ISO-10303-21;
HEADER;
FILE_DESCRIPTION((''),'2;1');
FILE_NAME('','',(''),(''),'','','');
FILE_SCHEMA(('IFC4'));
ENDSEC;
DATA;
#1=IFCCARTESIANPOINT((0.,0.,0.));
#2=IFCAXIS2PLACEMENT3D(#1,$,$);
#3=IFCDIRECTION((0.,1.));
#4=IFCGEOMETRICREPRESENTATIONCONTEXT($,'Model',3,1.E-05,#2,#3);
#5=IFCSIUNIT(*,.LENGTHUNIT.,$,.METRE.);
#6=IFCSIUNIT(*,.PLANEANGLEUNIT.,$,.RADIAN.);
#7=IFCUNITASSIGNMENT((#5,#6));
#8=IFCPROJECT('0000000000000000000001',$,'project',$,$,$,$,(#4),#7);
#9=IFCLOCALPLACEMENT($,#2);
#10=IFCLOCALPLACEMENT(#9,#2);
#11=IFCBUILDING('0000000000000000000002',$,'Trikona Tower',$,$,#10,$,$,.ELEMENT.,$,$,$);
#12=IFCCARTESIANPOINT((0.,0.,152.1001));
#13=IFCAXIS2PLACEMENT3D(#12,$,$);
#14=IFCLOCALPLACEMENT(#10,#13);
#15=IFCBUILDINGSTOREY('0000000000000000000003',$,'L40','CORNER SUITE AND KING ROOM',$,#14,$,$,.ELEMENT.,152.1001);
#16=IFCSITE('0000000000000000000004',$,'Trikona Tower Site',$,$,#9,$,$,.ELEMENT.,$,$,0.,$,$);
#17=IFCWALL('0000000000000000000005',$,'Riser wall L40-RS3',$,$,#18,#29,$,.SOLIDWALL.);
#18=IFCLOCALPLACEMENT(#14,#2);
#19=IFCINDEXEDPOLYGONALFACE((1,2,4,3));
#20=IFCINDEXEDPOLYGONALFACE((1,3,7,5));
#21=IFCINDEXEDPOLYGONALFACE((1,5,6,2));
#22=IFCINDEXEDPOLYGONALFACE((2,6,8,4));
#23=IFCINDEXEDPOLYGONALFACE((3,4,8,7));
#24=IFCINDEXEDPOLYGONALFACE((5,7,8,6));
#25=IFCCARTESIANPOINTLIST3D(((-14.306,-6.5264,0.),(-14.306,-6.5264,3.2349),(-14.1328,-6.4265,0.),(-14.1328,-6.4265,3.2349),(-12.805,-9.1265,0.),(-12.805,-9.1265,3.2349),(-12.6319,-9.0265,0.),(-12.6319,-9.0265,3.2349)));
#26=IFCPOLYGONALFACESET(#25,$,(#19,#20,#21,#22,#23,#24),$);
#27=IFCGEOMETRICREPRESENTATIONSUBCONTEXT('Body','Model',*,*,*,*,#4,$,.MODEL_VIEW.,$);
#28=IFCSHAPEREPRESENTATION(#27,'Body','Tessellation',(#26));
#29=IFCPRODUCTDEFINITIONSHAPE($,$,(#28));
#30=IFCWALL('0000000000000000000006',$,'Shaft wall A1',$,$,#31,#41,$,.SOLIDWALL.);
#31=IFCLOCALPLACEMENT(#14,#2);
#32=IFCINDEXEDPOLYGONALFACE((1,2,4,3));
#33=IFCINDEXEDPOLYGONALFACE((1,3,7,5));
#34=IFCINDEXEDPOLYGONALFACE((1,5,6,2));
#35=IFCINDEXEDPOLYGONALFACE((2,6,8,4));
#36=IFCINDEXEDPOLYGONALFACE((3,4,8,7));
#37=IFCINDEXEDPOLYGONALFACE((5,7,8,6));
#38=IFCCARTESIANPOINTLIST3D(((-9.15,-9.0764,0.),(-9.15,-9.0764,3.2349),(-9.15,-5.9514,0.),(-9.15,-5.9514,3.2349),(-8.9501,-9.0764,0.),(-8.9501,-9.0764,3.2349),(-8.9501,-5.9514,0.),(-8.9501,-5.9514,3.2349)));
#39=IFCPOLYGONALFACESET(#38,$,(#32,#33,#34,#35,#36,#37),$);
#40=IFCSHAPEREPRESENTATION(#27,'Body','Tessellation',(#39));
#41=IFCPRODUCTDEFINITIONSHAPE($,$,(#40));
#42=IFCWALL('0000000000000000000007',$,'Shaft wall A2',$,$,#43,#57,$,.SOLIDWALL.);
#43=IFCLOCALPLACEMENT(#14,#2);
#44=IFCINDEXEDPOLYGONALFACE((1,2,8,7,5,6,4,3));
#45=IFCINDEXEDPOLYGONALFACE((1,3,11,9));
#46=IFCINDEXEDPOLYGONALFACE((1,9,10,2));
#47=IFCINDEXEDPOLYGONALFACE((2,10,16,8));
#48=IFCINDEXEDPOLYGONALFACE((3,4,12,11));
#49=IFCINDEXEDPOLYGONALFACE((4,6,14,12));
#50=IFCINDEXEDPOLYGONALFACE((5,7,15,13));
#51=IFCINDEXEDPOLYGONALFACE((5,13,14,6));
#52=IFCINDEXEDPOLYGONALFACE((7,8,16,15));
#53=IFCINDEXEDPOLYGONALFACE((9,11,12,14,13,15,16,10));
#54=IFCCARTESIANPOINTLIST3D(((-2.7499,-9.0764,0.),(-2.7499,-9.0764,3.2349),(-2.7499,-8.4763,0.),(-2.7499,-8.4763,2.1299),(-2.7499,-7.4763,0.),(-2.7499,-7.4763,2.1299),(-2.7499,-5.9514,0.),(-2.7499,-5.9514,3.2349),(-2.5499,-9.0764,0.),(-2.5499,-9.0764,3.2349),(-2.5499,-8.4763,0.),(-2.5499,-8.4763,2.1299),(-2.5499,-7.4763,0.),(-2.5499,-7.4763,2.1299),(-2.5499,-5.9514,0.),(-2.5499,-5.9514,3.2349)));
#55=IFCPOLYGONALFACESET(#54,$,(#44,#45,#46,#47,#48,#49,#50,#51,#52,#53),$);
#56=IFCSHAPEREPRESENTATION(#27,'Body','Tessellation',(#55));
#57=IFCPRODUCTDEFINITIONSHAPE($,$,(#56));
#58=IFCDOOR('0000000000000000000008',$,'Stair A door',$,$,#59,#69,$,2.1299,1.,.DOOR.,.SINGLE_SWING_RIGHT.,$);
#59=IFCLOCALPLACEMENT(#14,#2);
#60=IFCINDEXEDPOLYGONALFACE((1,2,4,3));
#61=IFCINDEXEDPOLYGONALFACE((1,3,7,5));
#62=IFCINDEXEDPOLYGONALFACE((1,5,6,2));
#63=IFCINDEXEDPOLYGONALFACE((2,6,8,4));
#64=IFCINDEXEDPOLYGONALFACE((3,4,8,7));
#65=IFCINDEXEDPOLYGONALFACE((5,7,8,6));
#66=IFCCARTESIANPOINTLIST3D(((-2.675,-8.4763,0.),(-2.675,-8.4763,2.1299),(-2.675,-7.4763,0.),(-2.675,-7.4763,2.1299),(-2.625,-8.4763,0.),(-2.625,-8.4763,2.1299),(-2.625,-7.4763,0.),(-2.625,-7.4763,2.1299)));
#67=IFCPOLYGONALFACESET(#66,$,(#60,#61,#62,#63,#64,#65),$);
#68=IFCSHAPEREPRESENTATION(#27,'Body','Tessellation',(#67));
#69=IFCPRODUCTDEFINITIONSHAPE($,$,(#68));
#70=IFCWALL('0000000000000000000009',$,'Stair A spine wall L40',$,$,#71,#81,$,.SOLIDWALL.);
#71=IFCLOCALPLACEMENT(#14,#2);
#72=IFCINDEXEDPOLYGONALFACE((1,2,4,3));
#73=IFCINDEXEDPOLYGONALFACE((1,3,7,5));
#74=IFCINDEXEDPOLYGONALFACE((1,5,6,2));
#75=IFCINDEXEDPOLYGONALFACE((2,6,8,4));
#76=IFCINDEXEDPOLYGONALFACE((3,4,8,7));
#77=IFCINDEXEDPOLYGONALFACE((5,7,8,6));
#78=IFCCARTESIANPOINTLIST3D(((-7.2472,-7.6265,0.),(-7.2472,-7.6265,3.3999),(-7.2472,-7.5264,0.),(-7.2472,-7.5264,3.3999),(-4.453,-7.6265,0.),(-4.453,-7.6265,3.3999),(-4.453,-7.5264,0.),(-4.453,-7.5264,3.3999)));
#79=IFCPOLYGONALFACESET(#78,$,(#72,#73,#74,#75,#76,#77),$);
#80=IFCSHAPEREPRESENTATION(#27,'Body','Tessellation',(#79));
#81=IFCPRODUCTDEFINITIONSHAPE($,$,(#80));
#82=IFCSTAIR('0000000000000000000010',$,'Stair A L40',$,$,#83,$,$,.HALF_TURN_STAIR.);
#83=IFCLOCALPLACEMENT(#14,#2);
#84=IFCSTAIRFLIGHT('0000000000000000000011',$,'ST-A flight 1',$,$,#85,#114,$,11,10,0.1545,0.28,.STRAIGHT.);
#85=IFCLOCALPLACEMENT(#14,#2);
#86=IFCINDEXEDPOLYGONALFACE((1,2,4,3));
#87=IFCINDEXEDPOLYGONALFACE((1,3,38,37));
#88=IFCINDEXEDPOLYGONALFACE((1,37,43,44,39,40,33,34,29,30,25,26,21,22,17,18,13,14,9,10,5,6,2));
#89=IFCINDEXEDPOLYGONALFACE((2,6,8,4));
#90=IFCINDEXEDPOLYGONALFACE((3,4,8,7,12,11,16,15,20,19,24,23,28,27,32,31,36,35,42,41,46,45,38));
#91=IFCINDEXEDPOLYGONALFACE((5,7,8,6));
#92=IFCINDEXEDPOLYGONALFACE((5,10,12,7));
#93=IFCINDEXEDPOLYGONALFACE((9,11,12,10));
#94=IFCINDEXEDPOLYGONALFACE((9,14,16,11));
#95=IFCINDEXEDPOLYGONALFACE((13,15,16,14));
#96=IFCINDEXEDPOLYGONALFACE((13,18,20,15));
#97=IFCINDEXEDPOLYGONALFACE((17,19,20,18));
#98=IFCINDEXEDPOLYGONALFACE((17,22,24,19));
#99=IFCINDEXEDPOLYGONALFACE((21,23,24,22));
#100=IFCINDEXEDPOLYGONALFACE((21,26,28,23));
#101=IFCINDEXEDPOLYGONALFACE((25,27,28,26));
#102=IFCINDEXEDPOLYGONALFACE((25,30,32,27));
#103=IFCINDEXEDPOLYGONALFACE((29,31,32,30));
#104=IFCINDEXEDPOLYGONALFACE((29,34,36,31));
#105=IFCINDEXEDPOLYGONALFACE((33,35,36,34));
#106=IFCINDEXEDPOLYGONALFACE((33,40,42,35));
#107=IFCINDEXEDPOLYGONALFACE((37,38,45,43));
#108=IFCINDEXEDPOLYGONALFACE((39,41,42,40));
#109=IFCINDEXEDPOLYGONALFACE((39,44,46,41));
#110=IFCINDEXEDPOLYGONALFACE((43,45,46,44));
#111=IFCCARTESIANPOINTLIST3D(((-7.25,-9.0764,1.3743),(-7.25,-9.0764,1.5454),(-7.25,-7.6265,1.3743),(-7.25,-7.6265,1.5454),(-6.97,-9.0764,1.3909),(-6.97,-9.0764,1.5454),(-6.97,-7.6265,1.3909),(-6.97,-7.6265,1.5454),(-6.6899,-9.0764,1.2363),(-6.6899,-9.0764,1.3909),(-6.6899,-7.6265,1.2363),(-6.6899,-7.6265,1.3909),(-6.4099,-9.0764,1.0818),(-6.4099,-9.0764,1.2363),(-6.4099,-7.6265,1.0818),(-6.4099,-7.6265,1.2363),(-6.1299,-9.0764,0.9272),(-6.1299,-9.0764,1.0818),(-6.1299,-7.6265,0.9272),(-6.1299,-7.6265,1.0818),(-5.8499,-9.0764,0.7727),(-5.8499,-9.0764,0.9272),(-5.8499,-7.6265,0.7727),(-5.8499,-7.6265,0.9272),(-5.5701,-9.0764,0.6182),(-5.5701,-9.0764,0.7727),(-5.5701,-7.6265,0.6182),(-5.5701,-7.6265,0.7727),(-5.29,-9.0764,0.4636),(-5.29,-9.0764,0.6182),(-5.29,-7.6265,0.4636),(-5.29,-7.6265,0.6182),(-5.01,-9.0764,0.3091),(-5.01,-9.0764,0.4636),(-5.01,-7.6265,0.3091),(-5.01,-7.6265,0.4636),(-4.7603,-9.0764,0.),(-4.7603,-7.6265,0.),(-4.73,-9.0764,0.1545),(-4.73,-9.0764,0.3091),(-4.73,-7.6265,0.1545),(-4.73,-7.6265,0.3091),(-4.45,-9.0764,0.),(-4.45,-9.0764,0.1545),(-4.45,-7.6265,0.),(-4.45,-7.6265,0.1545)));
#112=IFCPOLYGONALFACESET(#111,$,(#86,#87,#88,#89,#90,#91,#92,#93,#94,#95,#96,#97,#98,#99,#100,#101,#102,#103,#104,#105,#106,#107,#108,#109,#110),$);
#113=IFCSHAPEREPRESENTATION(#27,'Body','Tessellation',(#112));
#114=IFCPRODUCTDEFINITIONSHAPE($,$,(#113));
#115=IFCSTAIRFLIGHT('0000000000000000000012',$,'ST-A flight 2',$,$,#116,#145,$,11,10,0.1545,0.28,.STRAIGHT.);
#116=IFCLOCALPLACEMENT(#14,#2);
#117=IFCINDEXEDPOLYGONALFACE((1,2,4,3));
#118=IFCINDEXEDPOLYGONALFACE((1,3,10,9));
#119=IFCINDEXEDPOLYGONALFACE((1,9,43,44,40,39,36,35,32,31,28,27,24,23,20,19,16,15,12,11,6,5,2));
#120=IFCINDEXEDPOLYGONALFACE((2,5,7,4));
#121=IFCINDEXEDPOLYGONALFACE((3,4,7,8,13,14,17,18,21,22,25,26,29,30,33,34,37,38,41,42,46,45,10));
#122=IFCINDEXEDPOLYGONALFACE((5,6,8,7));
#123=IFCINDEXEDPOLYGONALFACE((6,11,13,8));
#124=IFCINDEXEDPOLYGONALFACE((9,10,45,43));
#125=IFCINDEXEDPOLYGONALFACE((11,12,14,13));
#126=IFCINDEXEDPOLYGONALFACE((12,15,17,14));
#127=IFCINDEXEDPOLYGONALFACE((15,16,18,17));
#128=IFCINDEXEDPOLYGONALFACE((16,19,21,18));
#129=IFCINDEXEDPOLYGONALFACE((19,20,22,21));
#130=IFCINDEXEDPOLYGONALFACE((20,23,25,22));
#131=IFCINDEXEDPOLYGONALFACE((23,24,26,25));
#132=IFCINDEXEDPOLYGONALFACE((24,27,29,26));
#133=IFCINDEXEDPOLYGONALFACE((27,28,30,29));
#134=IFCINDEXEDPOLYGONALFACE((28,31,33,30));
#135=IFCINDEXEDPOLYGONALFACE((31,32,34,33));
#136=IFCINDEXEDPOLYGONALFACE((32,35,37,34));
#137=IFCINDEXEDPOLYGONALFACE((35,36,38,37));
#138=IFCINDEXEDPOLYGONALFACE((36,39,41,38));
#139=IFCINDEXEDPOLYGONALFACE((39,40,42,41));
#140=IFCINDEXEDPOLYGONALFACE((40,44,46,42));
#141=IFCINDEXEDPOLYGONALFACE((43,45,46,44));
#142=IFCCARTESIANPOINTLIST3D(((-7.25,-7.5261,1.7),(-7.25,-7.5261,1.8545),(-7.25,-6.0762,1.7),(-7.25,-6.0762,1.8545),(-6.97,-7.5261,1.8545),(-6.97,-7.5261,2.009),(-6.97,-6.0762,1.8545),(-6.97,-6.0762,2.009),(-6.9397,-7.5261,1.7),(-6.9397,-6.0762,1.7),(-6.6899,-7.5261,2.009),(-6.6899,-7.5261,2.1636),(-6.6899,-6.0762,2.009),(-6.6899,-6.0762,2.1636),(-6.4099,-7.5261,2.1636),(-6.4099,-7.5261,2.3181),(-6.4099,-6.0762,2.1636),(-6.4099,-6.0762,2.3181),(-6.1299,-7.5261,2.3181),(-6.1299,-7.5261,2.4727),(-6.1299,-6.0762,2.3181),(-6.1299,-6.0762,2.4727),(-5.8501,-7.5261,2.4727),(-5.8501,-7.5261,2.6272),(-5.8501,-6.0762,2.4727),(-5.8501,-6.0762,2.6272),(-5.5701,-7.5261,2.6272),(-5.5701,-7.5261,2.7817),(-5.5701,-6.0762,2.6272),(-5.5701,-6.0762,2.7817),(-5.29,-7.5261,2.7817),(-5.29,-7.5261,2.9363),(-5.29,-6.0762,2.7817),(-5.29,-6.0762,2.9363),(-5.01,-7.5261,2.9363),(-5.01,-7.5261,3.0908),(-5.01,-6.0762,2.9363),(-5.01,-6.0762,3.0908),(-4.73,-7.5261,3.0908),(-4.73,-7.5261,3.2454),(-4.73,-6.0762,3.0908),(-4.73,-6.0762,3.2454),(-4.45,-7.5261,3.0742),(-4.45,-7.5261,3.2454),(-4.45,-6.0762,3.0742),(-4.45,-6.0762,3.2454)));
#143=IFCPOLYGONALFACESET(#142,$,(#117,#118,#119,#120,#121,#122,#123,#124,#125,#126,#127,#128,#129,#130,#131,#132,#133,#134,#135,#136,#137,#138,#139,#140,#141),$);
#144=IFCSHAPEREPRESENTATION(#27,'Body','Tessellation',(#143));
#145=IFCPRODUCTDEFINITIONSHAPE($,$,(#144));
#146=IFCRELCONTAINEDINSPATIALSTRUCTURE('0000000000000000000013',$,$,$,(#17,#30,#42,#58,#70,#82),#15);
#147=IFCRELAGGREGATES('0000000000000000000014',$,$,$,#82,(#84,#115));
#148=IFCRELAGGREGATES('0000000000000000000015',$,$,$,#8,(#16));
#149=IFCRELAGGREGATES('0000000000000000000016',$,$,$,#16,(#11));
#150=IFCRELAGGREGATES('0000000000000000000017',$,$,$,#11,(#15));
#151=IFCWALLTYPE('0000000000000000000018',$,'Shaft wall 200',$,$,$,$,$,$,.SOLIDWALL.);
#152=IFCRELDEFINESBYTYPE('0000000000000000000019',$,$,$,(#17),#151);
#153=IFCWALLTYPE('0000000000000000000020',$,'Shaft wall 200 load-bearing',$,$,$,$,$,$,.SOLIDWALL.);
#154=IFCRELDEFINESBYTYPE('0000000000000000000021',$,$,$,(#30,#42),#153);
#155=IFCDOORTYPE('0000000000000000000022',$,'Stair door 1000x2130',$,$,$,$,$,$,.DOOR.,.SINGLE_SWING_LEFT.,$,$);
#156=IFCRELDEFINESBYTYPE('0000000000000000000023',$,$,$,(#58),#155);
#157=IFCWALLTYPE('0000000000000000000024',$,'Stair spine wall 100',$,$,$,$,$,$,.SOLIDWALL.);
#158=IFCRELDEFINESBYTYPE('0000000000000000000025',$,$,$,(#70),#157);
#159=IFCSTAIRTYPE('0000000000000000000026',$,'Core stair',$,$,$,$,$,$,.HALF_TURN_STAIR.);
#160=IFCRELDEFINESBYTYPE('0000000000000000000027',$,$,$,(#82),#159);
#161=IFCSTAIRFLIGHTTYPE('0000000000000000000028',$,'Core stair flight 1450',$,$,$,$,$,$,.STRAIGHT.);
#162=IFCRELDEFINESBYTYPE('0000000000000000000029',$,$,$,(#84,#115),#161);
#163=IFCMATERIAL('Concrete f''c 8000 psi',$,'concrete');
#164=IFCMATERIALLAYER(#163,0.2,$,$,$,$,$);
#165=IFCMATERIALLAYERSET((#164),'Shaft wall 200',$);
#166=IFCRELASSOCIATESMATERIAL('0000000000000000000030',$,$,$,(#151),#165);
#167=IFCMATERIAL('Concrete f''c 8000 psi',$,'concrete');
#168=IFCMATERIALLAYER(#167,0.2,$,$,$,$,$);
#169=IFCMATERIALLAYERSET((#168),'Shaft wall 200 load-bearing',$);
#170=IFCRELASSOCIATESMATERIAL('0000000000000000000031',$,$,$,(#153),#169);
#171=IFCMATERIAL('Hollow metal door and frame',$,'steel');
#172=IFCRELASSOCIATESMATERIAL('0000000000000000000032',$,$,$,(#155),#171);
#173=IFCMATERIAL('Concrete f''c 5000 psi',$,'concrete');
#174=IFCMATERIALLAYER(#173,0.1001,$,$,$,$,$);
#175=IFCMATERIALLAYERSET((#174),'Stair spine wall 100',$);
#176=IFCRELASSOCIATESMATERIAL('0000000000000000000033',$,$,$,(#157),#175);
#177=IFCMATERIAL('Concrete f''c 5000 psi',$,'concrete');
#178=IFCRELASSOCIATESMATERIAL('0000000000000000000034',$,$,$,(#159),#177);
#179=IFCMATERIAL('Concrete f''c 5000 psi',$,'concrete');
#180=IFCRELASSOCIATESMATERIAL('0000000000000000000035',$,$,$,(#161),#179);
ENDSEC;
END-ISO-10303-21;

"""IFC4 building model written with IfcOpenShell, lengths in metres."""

from ifc_helpers import new_model, si_unit, direction, frame, frame_2d, origin, place, context, subcontext, project, spatial, polyline, rectangle, outline, extrude, material, layer, layer_set, type_object, element, fill, aggregate, save


model = new_model("IFC4")

# Units and contexts
model_context = context("Model", 3, precision=1e-05, world=origin(), true_north=direction((0.0, 1.0)))
body_context = subcontext(model_context, "Body", "Model", "MODEL_VIEW")
ifc_project = project(units=[si_unit("LENGTHUNIT", "METRE"), si_unit("PLANEANGLEUNIT", "RADIAN")], contexts=[model_context])

# Site, building, storey
site_placement = place(None, origin())
site = spatial("IfcSite", under=ifc_project, at=site_placement, Name="Trikona Tower Site", CompositionType="ELEMENT", RefElevation=0.0)
building_placement = place(site_placement, origin())
building = spatial("IfcBuilding", under=site, at=building_placement, Name="Trikona Tower", CompositionType="ELEMENT")
storey_placement = place(building_placement, frame((0.0, 0.0, 152.1001)))
storey = spatial("IfcBuildingStorey", under=building, at=storey_placement, Name="L40", Description="CORNER SUITE AND KING ROOM", CompositionType="ELEMENT", Elevation=152.1001)

# Walls
ifc_material_1 = material(Name="Concrete f'c 8000 psi", Category="concrete")
ifc_layer_1 = layer(ifc_material_1, 0.2)
ifc_layer_set_1 = layer_set([ifc_layer_1], Name="Shaft wall 200")
wall_type_1 = type_object("IfcWallType", Name="Shaft wall 200", PredefinedType="SOLIDWALL", material=ifc_layer_set_1)
wall_1_placement = place(storey_placement, frame((-12.7185, -9.0764, 0.0), z_axis=(0.0, 0.0, 1.0), x_axis=(-0.499952, 0.866053, 0.0)))
element("IfcWall", 1, at=wall_1_placement, inside=storey, type_object=wall_type_1, Name="Riser wall L40-RS3", PredefinedType="SOLIDWALL", context=body_context, shape_type="SweptSolid", body=[
    extrude(rectangle(XDim=3.0022, YDim=0.2, at=frame_2d((1.501, 0.0))), origin(), (0.0, 0.0, 1.0), 3.2349),
])
ifc_material_2 = material(Name="Concrete f'c 8000 psi", Category="concrete")
ifc_layer_2 = layer(ifc_material_2, 0.2)
ifc_layer_set_2 = layer_set([ifc_layer_2], Name="Shaft wall 200 load-bearing")
wall_type_2 = type_object("IfcWallType", Name="Shaft wall 200 load-bearing", PredefinedType="SOLIDWALL", material=ifc_layer_set_2)
wall_2_placement = place(storey_placement, frame((-9.05, -5.9514, 0.0), z_axis=(0.0, 0.0, 1.0), x_axis=(0.0, -1.0, 0.0)))
element("IfcWall", 2, at=wall_2_placement, inside=storey, type_object=wall_type_2, Name="Shaft wall A1", PredefinedType="SOLIDWALL", context=body_context, shape_type="SweptSolid", body=[
    extrude(rectangle(XDim=3.125, YDim=0.2, at=frame_2d((1.5625, 0.0))), origin(), (0.0, 0.0, 1.0), 3.2349),
])

# Wall, opening, door
wall_3_placement = place(storey_placement, frame((-2.6499, -5.9514, 0.0), z_axis=(0.0, 0.0, 1.0), x_axis=(0.0, -1.0, 0.0)))
wall_3 = element("IfcWall", 3, at=wall_3_placement, inside=storey, type_object=wall_type_2, Name="Shaft wall A2", PredefinedType="SOLIDWALL", context=body_context, shape_type="SweptSolid", body=[
    extrude(rectangle(XDim=3.125, YDim=0.2, at=frame_2d((1.5625, 0.0))), origin(), (0.0, 0.0, 1.0), 3.2349),
])
opening_1_placement = place(wall_3_placement, frame((1.5249, 0.0, 0.0)))
opening_1 = element("IfcOpeningElement", 4, at=opening_1_placement, cuts=wall_3, PredefinedType="OPENING", context=body_context, shape_type="SweptSolid", body=[
    extrude(rectangle(XDim=1.0, YDim=2.1299, at=frame_2d((0.5, 1.0649))), frame((0.0, 0.1099, 0.0), z_axis=(0.0, -1.0, 0.0), x_axis=(1.0, 0.0, 0.0)), (0.0, 0.0, 1.0), 0.22),
])
ifc_material_3 = material(Name="Hollow metal door and frame", Category="steel")
door_type_1 = type_object("IfcDoorType", Name="Stair door 1000x2130", OperationType="SINGLE_SWING_LEFT", PredefinedType="DOOR", material=ifc_material_3)
door_1_placement = place(opening_1_placement, origin())
door_1 = element("IfcDoor", 5, at=door_1_placement, inside=storey, type_object=door_type_1, Name="Stair A door", OperationType="SINGLE_SWING_RIGHT", OverallHeight=2.1299, OverallWidth=1.0, PredefinedType="DOOR", context=body_context, shape_type="SweptSolid", body=[
    extrude(rectangle(XDim=1.0, YDim=2.1299, at=frame_2d((0.5, 1.0649))), frame((0.0, 0.0249, 0.0), z_axis=(0.0, -1.0, 0.0), x_axis=(1.0, 0.0, 0.0)), (0.0, 0.0, 1.0), 0.05),
])
fill(opening_1, door_1)

# Wall
ifc_material_4 = material(Name="Concrete f'c 5000 psi", Category="concrete")
ifc_layer_3 = layer(ifc_material_4, 0.1001)
ifc_layer_set_3 = layer_set([ifc_layer_3], Name="Stair spine wall 100")
wall_type_3 = type_object("IfcWallType", Name="Stair spine wall 100", PredefinedType="SOLIDWALL", material=ifc_layer_set_3)
wall_4_placement = place(storey_placement, frame((-7.2471, -7.5764, 0.0), z_axis=(0.0, 0.0, 1.0), x_axis=(1.0, 0.0, 0.0)))
element("IfcWall", 6, at=wall_4_placement, inside=storey, type_object=wall_type_3, Name="Stair A spine wall L40", PredefinedType="SOLIDWALL", context=body_context, shape_type="SweptSolid", body=[
    extrude(rectangle(XDim=2.7942, YDim=0.1001, at=frame_2d((1.397, 0.0))), origin(), (0.0, 0.0, 1.0), 3.3999),
])

# Stair, stair flights
ifc_material_5 = material(Name="Concrete f'c 5000 psi", Category="concrete")
stair_type = type_object("IfcStairType", Name="Core stair", PredefinedType="HALF_TURN_STAIR", material=ifc_material_5)
stair_placement = place(storey_placement, origin())
stair = element("IfcStair", 7, at=stair_placement, inside=storey, type_object=stair_type, Name="Stair A L40", PredefinedType="HALF_TURN_STAIR")
ifc_material_6 = material(Name="Concrete f'c 5000 psi", Category="concrete")
stair_flight_type = type_object("IfcStairFlightType", Name="Core stair flight 1450", PredefinedType="STRAIGHT", material=ifc_material_6)
stair_flight_1_placement = place(storey_placement, frame((-4.45, -8.3513, 0.0), z_axis=(0.0, 0.0, 1.0), x_axis=(-1.0, 0.0, 0.0)))
stair_flight_1 = element("IfcStairFlight", 8, at=stair_flight_1_placement, type_object=stair_flight_type, Name="ST-A flight 1", NumberOfRisers=11, NumberOfTreads=10, PredefinedType="STRAIGHT", RiserHeight=0.1545, TreadLength=0.28, context=body_context, shape_type="SweptSolid", body=[
    extrude(outline(polyline([(0.0, 0.0), (0.0, 0.1545), (0.28, 0.1545), (0.28, 0.3091), (0.5601, 0.3091), (0.5601, 0.4636), (0.8401, 0.4636), (0.8401, 0.6182), (1.1201, 0.6182), (1.1201, 0.7727), (1.3999, 0.7727), (1.3999, 0.9272), (1.6799, 0.9272), (1.6799, 1.0818), (1.96, 1.0818), (1.96, 1.2363), (2.24, 1.2363), (2.24, 1.3909), (2.52, 1.3909), (2.52, 1.5454), (2.8, 1.5454), (2.8, 1.7), (2.8, 1.3743), (0.3103, 0.0), (0.0, 0.0)])), frame((0.0, 0.7251, 0.0), z_axis=(0.0, -1.0, 0.0), x_axis=(1.0, 0.0, 0.0)), (0.0, 0.0, 1.0), 1.45),
])
stair_flight_2_placement = place(storey_placement, frame((-7.25, -6.8013, 1.7), z_axis=(0.0, 0.0, 1.0), x_axis=(1.0, 0.0, 0.0)))
stair_flight_2 = element("IfcStairFlight", 9, at=stair_flight_2_placement, type_object=stair_flight_type, Name="ST-A flight 2", NumberOfRisers=11, NumberOfTreads=10, PredefinedType="STRAIGHT", RiserHeight=0.1545, TreadLength=0.28, context=body_context, shape_type="SweptSolid", body=[
    extrude(outline(polyline([(0.0, 0.0), (0.0, 0.1545), (0.28, 0.1545), (0.28, 0.3091), (0.5601, 0.3091), (0.5601, 0.4636), (0.8401, 0.4636), (0.8401, 0.6182), (1.1201, 0.6182), (1.1201, 0.7727), (1.3999, 0.7727), (1.3999, 0.9272), (1.6799, 0.9272), (1.6799, 1.0818), (1.96, 1.0818), (1.96, 1.2363), (2.24, 1.2363), (2.24, 1.3909), (2.52, 1.3909), (2.52, 1.5454), (2.8, 1.5454), (2.8, 1.7), (2.8, 1.3743), (0.3103, 0.0), (0.0, 0.0)])), frame((0.0, 0.7251, 0.0), z_axis=(0.0, -1.0, 0.0), x_axis=(1.0, 0.0, 0.0)), (0.0, 0.0, 1.0), 1.45),
])
aggregate(stair, [stair_flight_1, stair_flight_2])

save(model, "model.ifc")
